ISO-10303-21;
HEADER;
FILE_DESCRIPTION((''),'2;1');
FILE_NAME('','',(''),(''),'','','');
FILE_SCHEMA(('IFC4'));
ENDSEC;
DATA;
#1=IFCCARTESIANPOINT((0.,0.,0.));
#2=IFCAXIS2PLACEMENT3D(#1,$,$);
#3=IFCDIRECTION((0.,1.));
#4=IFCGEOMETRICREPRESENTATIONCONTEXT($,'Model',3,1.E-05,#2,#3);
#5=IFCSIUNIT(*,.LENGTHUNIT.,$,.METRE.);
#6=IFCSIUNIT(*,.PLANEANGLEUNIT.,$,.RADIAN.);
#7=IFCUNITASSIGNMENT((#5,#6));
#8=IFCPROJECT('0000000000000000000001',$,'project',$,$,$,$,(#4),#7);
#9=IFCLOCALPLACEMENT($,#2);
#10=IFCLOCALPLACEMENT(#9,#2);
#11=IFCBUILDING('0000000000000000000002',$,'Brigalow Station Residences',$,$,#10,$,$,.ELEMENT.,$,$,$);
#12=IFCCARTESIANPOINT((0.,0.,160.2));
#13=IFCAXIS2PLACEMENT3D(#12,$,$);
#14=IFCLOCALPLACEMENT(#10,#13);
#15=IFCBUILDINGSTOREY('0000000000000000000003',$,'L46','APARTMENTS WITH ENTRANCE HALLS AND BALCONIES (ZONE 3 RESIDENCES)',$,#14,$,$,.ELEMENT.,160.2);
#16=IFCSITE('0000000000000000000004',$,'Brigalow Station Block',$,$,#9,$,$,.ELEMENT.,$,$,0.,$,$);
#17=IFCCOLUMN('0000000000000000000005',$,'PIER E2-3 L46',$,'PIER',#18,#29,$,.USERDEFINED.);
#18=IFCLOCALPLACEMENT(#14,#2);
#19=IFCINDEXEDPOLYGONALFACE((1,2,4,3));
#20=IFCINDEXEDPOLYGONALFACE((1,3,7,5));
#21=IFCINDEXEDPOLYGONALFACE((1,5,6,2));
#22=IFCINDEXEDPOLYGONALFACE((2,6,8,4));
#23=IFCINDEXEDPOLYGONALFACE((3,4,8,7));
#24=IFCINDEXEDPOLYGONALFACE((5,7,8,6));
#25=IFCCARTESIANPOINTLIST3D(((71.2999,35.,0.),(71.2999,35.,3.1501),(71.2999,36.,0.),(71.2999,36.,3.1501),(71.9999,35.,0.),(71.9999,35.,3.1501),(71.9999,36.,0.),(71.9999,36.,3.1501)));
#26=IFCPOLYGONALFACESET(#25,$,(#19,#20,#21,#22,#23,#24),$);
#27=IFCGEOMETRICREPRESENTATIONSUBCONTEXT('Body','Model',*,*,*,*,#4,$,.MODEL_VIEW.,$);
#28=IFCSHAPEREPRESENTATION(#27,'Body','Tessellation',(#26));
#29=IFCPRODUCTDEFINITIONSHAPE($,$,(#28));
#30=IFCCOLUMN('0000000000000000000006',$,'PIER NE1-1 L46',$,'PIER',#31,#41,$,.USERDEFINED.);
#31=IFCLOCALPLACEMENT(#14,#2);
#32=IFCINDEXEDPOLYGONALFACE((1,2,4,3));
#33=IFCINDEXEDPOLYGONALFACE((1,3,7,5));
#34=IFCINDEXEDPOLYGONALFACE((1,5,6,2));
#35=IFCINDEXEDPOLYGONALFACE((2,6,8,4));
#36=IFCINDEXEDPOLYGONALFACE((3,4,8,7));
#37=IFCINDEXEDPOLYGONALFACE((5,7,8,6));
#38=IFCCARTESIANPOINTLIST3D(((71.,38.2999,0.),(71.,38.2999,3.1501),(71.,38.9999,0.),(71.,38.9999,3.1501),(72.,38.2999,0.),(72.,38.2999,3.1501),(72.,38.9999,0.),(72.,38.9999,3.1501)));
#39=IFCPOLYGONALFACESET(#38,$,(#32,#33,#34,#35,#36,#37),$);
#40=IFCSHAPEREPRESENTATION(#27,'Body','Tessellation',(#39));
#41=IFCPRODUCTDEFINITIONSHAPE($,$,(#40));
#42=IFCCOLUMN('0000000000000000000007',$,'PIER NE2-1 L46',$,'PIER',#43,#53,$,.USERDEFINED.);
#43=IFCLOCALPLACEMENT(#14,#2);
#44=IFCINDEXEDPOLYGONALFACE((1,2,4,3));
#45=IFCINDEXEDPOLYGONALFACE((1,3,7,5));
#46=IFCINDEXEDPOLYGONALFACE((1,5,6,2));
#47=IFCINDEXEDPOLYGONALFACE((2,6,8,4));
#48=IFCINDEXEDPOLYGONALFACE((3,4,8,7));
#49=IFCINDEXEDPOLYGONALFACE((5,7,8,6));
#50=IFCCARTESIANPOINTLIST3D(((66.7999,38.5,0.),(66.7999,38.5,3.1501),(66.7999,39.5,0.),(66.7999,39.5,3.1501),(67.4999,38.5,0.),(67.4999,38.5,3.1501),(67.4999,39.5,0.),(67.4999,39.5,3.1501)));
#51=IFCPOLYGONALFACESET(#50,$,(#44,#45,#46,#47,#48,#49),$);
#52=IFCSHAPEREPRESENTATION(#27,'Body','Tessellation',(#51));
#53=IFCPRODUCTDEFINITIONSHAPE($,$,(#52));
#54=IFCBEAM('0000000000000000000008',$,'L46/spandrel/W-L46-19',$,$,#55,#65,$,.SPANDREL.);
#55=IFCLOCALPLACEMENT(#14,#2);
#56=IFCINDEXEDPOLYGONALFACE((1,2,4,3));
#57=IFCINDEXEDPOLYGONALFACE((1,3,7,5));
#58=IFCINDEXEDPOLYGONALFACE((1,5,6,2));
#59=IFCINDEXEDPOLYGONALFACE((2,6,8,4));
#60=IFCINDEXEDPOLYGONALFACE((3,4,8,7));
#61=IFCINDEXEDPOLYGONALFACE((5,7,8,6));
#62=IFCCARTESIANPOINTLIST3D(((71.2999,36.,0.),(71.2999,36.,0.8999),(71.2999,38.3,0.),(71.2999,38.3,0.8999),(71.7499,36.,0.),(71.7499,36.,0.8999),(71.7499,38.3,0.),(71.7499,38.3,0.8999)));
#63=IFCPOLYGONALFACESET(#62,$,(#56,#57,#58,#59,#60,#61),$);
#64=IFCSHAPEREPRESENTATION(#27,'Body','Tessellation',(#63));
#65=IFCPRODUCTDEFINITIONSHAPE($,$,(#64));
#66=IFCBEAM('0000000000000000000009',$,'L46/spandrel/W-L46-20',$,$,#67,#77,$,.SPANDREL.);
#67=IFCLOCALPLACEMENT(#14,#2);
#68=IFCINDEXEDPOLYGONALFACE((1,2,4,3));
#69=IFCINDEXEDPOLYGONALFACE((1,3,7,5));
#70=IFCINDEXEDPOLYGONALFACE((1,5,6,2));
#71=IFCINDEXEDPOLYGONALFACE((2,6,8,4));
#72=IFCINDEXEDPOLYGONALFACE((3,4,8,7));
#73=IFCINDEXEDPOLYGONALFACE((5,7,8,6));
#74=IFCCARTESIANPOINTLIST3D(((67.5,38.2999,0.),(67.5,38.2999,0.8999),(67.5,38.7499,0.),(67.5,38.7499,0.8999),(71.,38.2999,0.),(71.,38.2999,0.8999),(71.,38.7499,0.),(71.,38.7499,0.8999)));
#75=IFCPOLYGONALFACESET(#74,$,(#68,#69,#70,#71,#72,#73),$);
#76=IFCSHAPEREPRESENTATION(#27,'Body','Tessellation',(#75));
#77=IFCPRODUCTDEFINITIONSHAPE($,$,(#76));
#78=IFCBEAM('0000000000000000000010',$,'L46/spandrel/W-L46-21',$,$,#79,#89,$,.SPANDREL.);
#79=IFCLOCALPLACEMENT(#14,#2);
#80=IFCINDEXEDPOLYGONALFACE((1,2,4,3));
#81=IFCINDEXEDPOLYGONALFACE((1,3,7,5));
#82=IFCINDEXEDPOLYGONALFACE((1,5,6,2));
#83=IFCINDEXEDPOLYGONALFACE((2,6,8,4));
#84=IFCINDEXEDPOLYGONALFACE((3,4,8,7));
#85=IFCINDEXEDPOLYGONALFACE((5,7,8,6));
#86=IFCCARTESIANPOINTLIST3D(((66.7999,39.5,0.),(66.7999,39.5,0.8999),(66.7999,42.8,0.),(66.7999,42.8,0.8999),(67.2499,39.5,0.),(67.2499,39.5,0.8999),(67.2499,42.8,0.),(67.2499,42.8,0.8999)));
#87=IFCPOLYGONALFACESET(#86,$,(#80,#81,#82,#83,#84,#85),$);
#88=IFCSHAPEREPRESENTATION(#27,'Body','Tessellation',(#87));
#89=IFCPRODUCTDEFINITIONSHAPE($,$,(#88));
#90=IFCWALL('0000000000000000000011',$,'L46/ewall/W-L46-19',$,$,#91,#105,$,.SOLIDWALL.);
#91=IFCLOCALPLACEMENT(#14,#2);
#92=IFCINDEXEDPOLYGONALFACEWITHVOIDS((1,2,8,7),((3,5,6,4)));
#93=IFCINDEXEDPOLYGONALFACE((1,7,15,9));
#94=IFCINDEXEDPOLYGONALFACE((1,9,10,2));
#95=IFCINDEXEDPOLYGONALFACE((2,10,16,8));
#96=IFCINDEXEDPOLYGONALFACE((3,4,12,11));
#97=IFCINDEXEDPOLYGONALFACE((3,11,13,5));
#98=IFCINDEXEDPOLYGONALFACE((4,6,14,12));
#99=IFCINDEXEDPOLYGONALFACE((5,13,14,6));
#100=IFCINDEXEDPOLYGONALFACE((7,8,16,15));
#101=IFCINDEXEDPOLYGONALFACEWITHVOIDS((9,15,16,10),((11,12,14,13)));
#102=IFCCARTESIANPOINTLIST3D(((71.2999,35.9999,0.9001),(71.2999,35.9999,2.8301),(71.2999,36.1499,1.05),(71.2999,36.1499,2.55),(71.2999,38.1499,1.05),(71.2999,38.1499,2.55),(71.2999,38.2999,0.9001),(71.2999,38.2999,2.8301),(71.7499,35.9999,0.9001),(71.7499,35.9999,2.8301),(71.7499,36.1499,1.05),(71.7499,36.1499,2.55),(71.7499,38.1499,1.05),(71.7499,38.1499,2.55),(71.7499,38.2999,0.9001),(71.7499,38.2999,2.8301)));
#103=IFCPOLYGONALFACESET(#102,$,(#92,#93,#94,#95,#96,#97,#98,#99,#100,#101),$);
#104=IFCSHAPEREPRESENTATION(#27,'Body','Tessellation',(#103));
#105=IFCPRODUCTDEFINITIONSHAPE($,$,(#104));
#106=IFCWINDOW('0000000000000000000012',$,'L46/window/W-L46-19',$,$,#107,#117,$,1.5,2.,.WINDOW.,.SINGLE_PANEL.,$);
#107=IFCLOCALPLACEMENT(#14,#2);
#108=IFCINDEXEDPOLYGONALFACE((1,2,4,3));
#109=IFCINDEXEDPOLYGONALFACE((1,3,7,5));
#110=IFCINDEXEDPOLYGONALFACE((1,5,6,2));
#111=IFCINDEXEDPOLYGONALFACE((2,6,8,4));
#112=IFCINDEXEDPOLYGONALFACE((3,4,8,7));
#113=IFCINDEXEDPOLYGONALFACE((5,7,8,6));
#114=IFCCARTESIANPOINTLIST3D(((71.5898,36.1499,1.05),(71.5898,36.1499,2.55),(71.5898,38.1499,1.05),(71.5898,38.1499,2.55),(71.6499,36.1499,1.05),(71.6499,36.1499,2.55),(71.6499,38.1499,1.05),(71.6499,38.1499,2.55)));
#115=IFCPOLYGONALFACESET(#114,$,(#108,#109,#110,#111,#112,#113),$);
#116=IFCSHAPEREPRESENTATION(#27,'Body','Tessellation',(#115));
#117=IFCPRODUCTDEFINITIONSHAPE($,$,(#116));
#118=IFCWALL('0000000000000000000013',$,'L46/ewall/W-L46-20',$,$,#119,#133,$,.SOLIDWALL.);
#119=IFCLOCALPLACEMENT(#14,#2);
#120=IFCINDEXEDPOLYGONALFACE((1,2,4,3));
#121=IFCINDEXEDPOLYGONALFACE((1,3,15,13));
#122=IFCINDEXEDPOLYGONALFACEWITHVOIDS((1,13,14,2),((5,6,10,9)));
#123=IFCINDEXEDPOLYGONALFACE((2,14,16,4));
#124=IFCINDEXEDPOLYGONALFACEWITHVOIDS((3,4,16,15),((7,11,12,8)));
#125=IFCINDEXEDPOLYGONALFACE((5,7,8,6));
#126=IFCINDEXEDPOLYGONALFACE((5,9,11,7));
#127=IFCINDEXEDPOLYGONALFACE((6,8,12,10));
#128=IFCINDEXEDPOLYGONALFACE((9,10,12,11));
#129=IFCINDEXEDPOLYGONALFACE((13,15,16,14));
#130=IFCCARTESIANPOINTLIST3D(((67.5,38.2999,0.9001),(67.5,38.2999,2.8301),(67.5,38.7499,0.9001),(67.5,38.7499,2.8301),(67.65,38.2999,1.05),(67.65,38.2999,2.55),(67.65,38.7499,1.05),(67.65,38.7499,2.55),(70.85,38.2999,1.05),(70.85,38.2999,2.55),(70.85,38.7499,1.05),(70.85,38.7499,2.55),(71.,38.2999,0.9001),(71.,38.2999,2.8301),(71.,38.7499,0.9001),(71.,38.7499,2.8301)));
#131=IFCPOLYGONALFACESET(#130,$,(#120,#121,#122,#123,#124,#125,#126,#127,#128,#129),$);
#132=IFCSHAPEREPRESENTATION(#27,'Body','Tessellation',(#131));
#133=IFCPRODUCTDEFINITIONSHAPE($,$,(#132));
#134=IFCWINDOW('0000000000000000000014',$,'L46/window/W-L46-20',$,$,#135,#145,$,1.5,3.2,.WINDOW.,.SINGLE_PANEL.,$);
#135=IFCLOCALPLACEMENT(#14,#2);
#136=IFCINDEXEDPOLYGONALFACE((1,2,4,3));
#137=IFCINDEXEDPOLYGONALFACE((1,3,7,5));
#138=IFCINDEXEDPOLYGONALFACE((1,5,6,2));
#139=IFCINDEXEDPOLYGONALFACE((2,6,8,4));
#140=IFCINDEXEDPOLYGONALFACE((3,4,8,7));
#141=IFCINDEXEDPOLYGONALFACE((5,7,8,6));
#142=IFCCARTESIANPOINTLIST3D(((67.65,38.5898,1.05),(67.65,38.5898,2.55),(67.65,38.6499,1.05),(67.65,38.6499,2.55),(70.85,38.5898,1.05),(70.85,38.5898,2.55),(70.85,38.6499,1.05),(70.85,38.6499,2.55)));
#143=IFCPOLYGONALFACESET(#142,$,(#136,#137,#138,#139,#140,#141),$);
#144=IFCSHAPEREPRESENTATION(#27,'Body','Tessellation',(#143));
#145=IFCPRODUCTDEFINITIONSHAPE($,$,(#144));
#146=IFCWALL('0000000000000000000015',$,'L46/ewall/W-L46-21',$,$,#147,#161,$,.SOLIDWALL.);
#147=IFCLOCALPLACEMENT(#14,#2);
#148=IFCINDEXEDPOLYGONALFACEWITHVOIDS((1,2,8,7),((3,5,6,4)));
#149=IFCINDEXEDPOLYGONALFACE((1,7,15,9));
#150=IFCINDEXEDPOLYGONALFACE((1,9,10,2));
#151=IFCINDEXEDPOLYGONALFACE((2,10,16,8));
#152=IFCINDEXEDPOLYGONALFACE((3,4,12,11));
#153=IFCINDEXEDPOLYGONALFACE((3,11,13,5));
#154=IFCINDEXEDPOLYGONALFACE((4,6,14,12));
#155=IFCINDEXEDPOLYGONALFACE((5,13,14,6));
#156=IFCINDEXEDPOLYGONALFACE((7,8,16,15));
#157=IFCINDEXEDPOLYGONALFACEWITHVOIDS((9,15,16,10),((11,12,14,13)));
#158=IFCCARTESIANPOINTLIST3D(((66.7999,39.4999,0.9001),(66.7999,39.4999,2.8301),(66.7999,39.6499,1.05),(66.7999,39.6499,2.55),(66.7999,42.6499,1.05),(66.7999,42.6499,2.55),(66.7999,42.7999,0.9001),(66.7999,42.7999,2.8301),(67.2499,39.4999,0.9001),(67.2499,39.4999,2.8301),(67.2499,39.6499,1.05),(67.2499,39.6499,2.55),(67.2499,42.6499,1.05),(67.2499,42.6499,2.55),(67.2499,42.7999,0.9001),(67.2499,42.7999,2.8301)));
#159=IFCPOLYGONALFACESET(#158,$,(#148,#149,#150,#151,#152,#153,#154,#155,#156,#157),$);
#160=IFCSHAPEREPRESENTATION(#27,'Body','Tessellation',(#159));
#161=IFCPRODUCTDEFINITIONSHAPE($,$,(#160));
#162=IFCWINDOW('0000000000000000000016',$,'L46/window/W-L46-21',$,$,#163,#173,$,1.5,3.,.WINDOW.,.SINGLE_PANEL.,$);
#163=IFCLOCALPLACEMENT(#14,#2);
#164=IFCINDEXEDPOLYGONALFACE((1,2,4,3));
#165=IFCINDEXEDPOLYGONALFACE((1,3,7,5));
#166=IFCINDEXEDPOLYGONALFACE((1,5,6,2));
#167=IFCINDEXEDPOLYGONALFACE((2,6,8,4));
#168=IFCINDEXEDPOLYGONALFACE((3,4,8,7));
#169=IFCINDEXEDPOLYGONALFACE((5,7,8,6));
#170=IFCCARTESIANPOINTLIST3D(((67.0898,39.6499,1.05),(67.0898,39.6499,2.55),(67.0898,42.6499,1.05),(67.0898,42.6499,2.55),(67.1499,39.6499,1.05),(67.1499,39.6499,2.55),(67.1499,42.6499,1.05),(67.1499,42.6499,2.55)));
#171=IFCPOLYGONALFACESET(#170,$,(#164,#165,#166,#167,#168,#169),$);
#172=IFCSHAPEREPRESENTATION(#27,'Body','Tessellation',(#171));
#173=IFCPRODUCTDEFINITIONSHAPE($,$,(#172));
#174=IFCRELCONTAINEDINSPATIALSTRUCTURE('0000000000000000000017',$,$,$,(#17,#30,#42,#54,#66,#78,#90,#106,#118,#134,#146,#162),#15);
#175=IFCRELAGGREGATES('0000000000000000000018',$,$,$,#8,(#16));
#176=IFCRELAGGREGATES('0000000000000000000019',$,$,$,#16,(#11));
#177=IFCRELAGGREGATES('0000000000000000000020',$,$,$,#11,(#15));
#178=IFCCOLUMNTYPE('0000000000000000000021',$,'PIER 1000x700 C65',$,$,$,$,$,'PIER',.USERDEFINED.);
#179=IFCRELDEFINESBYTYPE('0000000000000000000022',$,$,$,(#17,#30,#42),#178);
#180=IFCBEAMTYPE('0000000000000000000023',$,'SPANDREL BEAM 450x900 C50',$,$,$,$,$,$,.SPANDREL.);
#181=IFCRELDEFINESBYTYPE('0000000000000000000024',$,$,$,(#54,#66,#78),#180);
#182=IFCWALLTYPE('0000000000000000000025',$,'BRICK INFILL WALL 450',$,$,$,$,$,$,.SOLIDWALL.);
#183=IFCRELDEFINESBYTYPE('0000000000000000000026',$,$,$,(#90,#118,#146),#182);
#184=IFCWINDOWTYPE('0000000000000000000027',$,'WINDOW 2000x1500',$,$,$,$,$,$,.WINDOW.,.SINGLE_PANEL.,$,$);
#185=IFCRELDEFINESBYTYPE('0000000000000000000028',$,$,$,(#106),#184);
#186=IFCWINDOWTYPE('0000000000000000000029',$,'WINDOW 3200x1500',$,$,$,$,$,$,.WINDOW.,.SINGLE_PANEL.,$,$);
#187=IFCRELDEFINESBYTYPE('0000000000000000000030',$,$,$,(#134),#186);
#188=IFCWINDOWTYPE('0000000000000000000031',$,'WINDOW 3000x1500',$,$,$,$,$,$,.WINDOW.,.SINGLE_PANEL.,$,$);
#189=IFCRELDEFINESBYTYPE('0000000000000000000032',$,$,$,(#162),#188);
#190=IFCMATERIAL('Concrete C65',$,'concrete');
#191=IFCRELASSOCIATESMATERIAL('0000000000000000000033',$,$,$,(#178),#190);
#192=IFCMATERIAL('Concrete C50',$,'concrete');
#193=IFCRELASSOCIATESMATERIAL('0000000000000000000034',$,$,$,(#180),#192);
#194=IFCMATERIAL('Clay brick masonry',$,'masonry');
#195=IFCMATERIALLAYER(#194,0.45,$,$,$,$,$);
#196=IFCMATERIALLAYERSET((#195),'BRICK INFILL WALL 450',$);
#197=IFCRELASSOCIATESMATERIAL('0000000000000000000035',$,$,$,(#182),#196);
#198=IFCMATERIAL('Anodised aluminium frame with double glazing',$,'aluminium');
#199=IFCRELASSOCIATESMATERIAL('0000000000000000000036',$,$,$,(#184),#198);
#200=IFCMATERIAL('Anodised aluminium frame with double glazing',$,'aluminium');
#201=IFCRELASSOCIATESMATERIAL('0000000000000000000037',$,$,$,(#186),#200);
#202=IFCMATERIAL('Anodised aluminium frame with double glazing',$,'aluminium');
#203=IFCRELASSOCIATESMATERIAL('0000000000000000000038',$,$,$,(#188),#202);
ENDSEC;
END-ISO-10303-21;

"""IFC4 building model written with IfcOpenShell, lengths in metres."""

from ifc_helpers import new_model, si_unit, direction, frame, frame_2d, origin, origin_2d, place, context, subcontext, project, spatial, rectangle, extrude, material, layer, layer_set, material_profile, profile_set, type_object, element, fill, save


model = new_model("IFC4")

# Units and contexts
model_context = context("Model", 3, precision=1e-05, world=origin(), true_north=direction((0.0, 1.0)))
body_context = subcontext(model_context, "Body", "Model", "MODEL_VIEW")
ifc_project = project(units=[si_unit("LENGTHUNIT", "METRE"), si_unit("PLANEANGLEUNIT", "RADIAN")], contexts=[model_context])

# Site, building, storey
site_placement = place(None, origin())
site = spatial("IfcSite", under=ifc_project, at=site_placement, Name="Brigalow Station Block", CompositionType="ELEMENT", RefElevation=0.0)
building_placement = place(site_placement, origin())
building = spatial("IfcBuilding", under=site, at=building_placement, Name="Brigalow Station Residences", CompositionType="ELEMENT")
storey_placement = place(building_placement, frame((0.0, 0.0, 160.2)))
storey = spatial("IfcBuildingStorey", under=building, at=storey_placement, Name="L46", Description="APARTMENTS WITH ENTRANCE HALLS AND BALCONIES (ZONE 3 RESIDENCES)", CompositionType="ELEMENT", Elevation=160.2)

# Columns
ifc_material_1 = material(Name="Concrete C65", Category="concrete")
ifc_material_profile_1 = material_profile(ifc_material_1, rectangle(XDim=1.0, YDim=0.7, at=origin_2d()), Name="RC1000x700")
ifc_profile_set_1 = profile_set([ifc_material_profile_1], Name="Concrete C65")
column_type = type_object("IfcColumnType", Name="PIER 1000x700 C65", ElementType="PIER", PredefinedType="USERDEFINED", material=ifc_profile_set_1)
for number, where, z_axis, x_axis, name in (
    (1, (71.6499, 35.5, 0.0), (0.0, 0.0, 1.0), (0.0, 1.0, 0.0), "PIER E2-3 L46"),
    (2, (71.5, 38.6499, 0.0), (0.0, 0.0, 1.0), (-1.0, 0.0, 0.0), "PIER NE1-1 L46"),
    (3, (67.1499, 39.0, 0.0), (0.0, 0.0, 1.0), (0.0, 1.0, 0.0), "PIER NE2-1 L46"),
):
    element("IfcColumn", number, at=place(storey_placement, frame(where, z_axis=z_axis, x_axis=x_axis)), inside=storey, type_object=column_type, Name=name, ObjectType="PIER", PredefinedType="USERDEFINED", context=body_context, shape_type="SweptSolid", body=[
        extrude(rectangle(XDim=1.0, YDim=0.7, at=origin_2d()), origin(), (0.0, 0.0, 1.0), 3.1501),
    ])

# Beams
ifc_material_2 = material(Name="Concrete C50", Category="concrete")
ifc_material_profile_2 = material_profile(ifc_material_2, rectangle(XDim=0.45, YDim=0.8999, at=origin_2d()), Name="RC450x900")
ifc_profile_set_2 = profile_set([ifc_material_profile_2], Name="Concrete C50")
beam_type = type_object("IfcBeamType", Name="SPANDREL BEAM 450x900 C50", PredefinedType="SPANDREL", material=ifc_profile_set_2)
beam_1_placement = place(storey_placement, frame((71.5249, 36.0, 0.45), z_axis=(0.0, 1.0, 0.0), x_axis=(-1.0, 0.0, 0.0)))
element("IfcBeam", 4, at=beam_1_placement, inside=storey, type_object=beam_type, Name="L46/spandrel/W-L46-19", PredefinedType="SPANDREL", context=body_context, shape_type="SweptSolid", body=[
    extrude(rectangle(XDim=0.45, YDim=0.8999, at=origin_2d()), origin(), (0.0, 0.0, 1.0), 2.3),
])
beam_2_placement = place(storey_placement, frame((71.0, 38.5249, 0.45), z_axis=(-1.0, 0.0, 0.0), x_axis=(0.0, -1.0, 0.0)))
element("IfcBeam", 5, at=beam_2_placement, inside=storey, type_object=beam_type, Name="L46/spandrel/W-L46-20", PredefinedType="SPANDREL", context=body_context, shape_type="SweptSolid", body=[
    extrude(rectangle(XDim=0.45, YDim=0.8999, at=origin_2d()), origin(), (0.0, 0.0, 1.0), 3.5),
])
beam_3_placement = place(storey_placement, frame((67.0249, 39.5, 0.45), z_axis=(0.0, 1.0, 0.0), x_axis=(-1.0, 0.0, 0.0)))
element("IfcBeam", 6, at=beam_3_placement, inside=storey, type_object=beam_type, Name="L46/spandrel/W-L46-21", PredefinedType="SPANDREL", context=body_context, shape_type="SweptSolid", body=[
    extrude(rectangle(XDim=0.45, YDim=0.8999, at=origin_2d()), origin(), (0.0, 0.0, 1.0), 3.3),
])

# Walls, openings, windows
ifc_material_3 = material(Name="Clay brick masonry", Category="masonry")
ifc_layer_1 = layer(ifc_material_3, 0.45)
ifc_layer_set_1 = layer_set([ifc_layer_1], Name="BRICK INFILL WALL 450")
wall_type_1 = type_object("IfcWallType", Name="BRICK INFILL WALL 450", PredefinedType="SOLIDWALL", material=ifc_layer_set_1)
wall_1_placement = place(storey_placement, frame((71.5249, 36.0, 0.9001), z_axis=(0.0, 0.0, 1.0), x_axis=(0.0, 1.0, 0.0)))
wall_1 = element("IfcWall", 7, at=wall_1_placement, inside=storey, type_object=wall_type_1, Name="L46/ewall/W-L46-19", PredefinedType="SOLIDWALL", context=body_context, shape_type="SweptSolid", body=[
    extrude(rectangle(XDim=2.3, YDim=0.45, at=frame_2d((1.1499, 0.0))), origin(), (0.0, 0.0, 1.0), 1.9299),
])
opening_1_placement = place(wall_1_placement, frame((0.1499, 0.0, 0.1499)))
opening_1 = element("IfcOpeningElement", 8, at=opening_1_placement, cuts=wall_1, PredefinedType="OPENING", context=body_context, shape_type="SweptSolid", body=[
    extrude(rectangle(XDim=2.0, YDim=1.5, at=frame_2d((1.0, 0.75))), frame((0.0, 0.2349, 0.0), z_axis=(0.0, -1.0, 0.0), x_axis=(1.0, 0.0, 0.0)), (0.0, 0.0, 1.0), 0.47),
])
ifc_material_4 = material(Name="Anodised aluminium frame with double glazing", Category="aluminium")
window_type_1 = type_object("IfcWindowType", Name="WINDOW 2000x1500", PartitioningType="SINGLE_PANEL", PredefinedType="WINDOW", material=ifc_material_4)
window_1_placement = place(opening_1_placement, origin())
window_1 = element("IfcWindow", 9, at=window_1_placement, inside=storey, type_object=window_type_1, Name="L46/window/W-L46-19", OverallHeight=1.5, OverallWidth=2.0, PartitioningType="SINGLE_PANEL", PredefinedType="WINDOW", context=body_context, shape_type="SweptSolid", body=[
    extrude(rectangle(XDim=2.0, YDim=1.5, at=frame_2d((1.0, 0.75))), frame((0.0, -0.0649, 0.0), z_axis=(0.0, -1.0, 0.0), x_axis=(1.0, 0.0, 0.0)), (0.0, 0.0, 1.0), 0.0601),
])
fill(opening_1, window_1)
wall_2_placement = place(storey_placement, frame((71.0, 38.5249, 0.9001), z_axis=(0.0, 0.0, 1.0), x_axis=(-1.0, 0.0, 0.0)))
wall_2 = element("IfcWall", 10, at=wall_2_placement, inside=storey, type_object=wall_type_1, Name="L46/ewall/W-L46-20", PredefinedType="SOLIDWALL", context=body_context, shape_type="SweptSolid", body=[
    extrude(rectangle(XDim=3.5, YDim=0.45, at=frame_2d((1.75, 0.0))), origin(), (0.0, 0.0, 1.0), 1.9299),
])
opening_2_placement = place(wall_2_placement, frame((0.1499, 0.0, 0.1499)))
opening_2 = element("IfcOpeningElement", 11, at=opening_2_placement, cuts=wall_2, PredefinedType="OPENING", context=body_context, shape_type="SweptSolid", body=[
    extrude(rectangle(XDim=3.2, YDim=1.5, at=frame_2d((1.6001, 0.75))), frame((0.0, 0.2349, 0.0), z_axis=(0.0, -1.0, 0.0), x_axis=(1.0, 0.0, 0.0)), (0.0, 0.0, 1.0), 0.47),
])
ifc_material_5 = material(Name="Anodised aluminium frame with double glazing", Category="aluminium")
window_type_2 = type_object("IfcWindowType", Name="WINDOW 3200x1500", PartitioningType="SINGLE_PANEL", PredefinedType="WINDOW", material=ifc_material_5)
window_2_placement = place(opening_2_placement, origin())
window_2 = element("IfcWindow", 12, at=window_2_placement, inside=storey, type_object=window_type_2, Name="L46/window/W-L46-20", OverallHeight=1.5, OverallWidth=3.2, PartitioningType="SINGLE_PANEL", PredefinedType="WINDOW", context=body_context, shape_type="SweptSolid", body=[
    extrude(rectangle(XDim=3.2, YDim=1.5, at=frame_2d((1.6001, 0.75))), frame((0.0, -0.0649, 0.0), z_axis=(0.0, -1.0, 0.0), x_axis=(1.0, 0.0, 0.0)), (0.0, 0.0, 1.0), 0.0601),
])
fill(opening_2, window_2)
wall_3_placement = place(storey_placement, frame((67.0249, 39.5, 0.9001), z_axis=(0.0, 0.0, 1.0), x_axis=(0.0, 1.0, 0.0)))
wall_3 = element("IfcWall", 13, at=wall_3_placement, inside=storey, type_object=wall_type_1, Name="L46/ewall/W-L46-21", PredefinedType="SOLIDWALL", context=body_context, shape_type="SweptSolid", body=[
    extrude(rectangle(XDim=3.3, YDim=0.45, at=frame_2d((1.6499, 0.0))), origin(), (0.0, 0.0, 1.0), 1.9299),
])
opening_3_placement = place(wall_3_placement, frame((0.1499, 0.0, 0.1499)))
opening_3 = element("IfcOpeningElement", 14, at=opening_3_placement, cuts=wall_3, PredefinedType="OPENING", context=body_context, shape_type="SweptSolid", body=[
    extrude(rectangle(XDim=3.0, YDim=1.5, at=frame_2d((1.5, 0.75))), frame((0.0, 0.2349, 0.0), z_axis=(0.0, -1.0, 0.0), x_axis=(1.0, 0.0, 0.0)), (0.0, 0.0, 1.0), 0.47),
])
ifc_material_6 = material(Name="Anodised aluminium frame with double glazing", Category="aluminium")
window_type_3 = type_object("IfcWindowType", Name="WINDOW 3000x1500", PartitioningType="SINGLE_PANEL", PredefinedType="WINDOW", material=ifc_material_6)
window_3_placement = place(opening_3_placement, origin())
window_3 = element("IfcWindow", 15, at=window_3_placement, inside=storey, type_object=window_type_3, Name="L46/window/W-L46-21", OverallHeight=1.5, OverallWidth=3.0, PartitioningType="SINGLE_PANEL", PredefinedType="WINDOW", context=body_context, shape_type="SweptSolid", body=[
    extrude(rectangle(XDim=3.0, YDim=1.5, at=frame_2d((1.5, 0.75))), frame((0.0, -0.0649, 0.0), z_axis=(0.0, -1.0, 0.0), x_axis=(1.0, 0.0, 0.0)), (0.0, 0.0, 1.0), 0.0601),
])
fill(opening_3, window_3)

save(model, "model.ifc")
